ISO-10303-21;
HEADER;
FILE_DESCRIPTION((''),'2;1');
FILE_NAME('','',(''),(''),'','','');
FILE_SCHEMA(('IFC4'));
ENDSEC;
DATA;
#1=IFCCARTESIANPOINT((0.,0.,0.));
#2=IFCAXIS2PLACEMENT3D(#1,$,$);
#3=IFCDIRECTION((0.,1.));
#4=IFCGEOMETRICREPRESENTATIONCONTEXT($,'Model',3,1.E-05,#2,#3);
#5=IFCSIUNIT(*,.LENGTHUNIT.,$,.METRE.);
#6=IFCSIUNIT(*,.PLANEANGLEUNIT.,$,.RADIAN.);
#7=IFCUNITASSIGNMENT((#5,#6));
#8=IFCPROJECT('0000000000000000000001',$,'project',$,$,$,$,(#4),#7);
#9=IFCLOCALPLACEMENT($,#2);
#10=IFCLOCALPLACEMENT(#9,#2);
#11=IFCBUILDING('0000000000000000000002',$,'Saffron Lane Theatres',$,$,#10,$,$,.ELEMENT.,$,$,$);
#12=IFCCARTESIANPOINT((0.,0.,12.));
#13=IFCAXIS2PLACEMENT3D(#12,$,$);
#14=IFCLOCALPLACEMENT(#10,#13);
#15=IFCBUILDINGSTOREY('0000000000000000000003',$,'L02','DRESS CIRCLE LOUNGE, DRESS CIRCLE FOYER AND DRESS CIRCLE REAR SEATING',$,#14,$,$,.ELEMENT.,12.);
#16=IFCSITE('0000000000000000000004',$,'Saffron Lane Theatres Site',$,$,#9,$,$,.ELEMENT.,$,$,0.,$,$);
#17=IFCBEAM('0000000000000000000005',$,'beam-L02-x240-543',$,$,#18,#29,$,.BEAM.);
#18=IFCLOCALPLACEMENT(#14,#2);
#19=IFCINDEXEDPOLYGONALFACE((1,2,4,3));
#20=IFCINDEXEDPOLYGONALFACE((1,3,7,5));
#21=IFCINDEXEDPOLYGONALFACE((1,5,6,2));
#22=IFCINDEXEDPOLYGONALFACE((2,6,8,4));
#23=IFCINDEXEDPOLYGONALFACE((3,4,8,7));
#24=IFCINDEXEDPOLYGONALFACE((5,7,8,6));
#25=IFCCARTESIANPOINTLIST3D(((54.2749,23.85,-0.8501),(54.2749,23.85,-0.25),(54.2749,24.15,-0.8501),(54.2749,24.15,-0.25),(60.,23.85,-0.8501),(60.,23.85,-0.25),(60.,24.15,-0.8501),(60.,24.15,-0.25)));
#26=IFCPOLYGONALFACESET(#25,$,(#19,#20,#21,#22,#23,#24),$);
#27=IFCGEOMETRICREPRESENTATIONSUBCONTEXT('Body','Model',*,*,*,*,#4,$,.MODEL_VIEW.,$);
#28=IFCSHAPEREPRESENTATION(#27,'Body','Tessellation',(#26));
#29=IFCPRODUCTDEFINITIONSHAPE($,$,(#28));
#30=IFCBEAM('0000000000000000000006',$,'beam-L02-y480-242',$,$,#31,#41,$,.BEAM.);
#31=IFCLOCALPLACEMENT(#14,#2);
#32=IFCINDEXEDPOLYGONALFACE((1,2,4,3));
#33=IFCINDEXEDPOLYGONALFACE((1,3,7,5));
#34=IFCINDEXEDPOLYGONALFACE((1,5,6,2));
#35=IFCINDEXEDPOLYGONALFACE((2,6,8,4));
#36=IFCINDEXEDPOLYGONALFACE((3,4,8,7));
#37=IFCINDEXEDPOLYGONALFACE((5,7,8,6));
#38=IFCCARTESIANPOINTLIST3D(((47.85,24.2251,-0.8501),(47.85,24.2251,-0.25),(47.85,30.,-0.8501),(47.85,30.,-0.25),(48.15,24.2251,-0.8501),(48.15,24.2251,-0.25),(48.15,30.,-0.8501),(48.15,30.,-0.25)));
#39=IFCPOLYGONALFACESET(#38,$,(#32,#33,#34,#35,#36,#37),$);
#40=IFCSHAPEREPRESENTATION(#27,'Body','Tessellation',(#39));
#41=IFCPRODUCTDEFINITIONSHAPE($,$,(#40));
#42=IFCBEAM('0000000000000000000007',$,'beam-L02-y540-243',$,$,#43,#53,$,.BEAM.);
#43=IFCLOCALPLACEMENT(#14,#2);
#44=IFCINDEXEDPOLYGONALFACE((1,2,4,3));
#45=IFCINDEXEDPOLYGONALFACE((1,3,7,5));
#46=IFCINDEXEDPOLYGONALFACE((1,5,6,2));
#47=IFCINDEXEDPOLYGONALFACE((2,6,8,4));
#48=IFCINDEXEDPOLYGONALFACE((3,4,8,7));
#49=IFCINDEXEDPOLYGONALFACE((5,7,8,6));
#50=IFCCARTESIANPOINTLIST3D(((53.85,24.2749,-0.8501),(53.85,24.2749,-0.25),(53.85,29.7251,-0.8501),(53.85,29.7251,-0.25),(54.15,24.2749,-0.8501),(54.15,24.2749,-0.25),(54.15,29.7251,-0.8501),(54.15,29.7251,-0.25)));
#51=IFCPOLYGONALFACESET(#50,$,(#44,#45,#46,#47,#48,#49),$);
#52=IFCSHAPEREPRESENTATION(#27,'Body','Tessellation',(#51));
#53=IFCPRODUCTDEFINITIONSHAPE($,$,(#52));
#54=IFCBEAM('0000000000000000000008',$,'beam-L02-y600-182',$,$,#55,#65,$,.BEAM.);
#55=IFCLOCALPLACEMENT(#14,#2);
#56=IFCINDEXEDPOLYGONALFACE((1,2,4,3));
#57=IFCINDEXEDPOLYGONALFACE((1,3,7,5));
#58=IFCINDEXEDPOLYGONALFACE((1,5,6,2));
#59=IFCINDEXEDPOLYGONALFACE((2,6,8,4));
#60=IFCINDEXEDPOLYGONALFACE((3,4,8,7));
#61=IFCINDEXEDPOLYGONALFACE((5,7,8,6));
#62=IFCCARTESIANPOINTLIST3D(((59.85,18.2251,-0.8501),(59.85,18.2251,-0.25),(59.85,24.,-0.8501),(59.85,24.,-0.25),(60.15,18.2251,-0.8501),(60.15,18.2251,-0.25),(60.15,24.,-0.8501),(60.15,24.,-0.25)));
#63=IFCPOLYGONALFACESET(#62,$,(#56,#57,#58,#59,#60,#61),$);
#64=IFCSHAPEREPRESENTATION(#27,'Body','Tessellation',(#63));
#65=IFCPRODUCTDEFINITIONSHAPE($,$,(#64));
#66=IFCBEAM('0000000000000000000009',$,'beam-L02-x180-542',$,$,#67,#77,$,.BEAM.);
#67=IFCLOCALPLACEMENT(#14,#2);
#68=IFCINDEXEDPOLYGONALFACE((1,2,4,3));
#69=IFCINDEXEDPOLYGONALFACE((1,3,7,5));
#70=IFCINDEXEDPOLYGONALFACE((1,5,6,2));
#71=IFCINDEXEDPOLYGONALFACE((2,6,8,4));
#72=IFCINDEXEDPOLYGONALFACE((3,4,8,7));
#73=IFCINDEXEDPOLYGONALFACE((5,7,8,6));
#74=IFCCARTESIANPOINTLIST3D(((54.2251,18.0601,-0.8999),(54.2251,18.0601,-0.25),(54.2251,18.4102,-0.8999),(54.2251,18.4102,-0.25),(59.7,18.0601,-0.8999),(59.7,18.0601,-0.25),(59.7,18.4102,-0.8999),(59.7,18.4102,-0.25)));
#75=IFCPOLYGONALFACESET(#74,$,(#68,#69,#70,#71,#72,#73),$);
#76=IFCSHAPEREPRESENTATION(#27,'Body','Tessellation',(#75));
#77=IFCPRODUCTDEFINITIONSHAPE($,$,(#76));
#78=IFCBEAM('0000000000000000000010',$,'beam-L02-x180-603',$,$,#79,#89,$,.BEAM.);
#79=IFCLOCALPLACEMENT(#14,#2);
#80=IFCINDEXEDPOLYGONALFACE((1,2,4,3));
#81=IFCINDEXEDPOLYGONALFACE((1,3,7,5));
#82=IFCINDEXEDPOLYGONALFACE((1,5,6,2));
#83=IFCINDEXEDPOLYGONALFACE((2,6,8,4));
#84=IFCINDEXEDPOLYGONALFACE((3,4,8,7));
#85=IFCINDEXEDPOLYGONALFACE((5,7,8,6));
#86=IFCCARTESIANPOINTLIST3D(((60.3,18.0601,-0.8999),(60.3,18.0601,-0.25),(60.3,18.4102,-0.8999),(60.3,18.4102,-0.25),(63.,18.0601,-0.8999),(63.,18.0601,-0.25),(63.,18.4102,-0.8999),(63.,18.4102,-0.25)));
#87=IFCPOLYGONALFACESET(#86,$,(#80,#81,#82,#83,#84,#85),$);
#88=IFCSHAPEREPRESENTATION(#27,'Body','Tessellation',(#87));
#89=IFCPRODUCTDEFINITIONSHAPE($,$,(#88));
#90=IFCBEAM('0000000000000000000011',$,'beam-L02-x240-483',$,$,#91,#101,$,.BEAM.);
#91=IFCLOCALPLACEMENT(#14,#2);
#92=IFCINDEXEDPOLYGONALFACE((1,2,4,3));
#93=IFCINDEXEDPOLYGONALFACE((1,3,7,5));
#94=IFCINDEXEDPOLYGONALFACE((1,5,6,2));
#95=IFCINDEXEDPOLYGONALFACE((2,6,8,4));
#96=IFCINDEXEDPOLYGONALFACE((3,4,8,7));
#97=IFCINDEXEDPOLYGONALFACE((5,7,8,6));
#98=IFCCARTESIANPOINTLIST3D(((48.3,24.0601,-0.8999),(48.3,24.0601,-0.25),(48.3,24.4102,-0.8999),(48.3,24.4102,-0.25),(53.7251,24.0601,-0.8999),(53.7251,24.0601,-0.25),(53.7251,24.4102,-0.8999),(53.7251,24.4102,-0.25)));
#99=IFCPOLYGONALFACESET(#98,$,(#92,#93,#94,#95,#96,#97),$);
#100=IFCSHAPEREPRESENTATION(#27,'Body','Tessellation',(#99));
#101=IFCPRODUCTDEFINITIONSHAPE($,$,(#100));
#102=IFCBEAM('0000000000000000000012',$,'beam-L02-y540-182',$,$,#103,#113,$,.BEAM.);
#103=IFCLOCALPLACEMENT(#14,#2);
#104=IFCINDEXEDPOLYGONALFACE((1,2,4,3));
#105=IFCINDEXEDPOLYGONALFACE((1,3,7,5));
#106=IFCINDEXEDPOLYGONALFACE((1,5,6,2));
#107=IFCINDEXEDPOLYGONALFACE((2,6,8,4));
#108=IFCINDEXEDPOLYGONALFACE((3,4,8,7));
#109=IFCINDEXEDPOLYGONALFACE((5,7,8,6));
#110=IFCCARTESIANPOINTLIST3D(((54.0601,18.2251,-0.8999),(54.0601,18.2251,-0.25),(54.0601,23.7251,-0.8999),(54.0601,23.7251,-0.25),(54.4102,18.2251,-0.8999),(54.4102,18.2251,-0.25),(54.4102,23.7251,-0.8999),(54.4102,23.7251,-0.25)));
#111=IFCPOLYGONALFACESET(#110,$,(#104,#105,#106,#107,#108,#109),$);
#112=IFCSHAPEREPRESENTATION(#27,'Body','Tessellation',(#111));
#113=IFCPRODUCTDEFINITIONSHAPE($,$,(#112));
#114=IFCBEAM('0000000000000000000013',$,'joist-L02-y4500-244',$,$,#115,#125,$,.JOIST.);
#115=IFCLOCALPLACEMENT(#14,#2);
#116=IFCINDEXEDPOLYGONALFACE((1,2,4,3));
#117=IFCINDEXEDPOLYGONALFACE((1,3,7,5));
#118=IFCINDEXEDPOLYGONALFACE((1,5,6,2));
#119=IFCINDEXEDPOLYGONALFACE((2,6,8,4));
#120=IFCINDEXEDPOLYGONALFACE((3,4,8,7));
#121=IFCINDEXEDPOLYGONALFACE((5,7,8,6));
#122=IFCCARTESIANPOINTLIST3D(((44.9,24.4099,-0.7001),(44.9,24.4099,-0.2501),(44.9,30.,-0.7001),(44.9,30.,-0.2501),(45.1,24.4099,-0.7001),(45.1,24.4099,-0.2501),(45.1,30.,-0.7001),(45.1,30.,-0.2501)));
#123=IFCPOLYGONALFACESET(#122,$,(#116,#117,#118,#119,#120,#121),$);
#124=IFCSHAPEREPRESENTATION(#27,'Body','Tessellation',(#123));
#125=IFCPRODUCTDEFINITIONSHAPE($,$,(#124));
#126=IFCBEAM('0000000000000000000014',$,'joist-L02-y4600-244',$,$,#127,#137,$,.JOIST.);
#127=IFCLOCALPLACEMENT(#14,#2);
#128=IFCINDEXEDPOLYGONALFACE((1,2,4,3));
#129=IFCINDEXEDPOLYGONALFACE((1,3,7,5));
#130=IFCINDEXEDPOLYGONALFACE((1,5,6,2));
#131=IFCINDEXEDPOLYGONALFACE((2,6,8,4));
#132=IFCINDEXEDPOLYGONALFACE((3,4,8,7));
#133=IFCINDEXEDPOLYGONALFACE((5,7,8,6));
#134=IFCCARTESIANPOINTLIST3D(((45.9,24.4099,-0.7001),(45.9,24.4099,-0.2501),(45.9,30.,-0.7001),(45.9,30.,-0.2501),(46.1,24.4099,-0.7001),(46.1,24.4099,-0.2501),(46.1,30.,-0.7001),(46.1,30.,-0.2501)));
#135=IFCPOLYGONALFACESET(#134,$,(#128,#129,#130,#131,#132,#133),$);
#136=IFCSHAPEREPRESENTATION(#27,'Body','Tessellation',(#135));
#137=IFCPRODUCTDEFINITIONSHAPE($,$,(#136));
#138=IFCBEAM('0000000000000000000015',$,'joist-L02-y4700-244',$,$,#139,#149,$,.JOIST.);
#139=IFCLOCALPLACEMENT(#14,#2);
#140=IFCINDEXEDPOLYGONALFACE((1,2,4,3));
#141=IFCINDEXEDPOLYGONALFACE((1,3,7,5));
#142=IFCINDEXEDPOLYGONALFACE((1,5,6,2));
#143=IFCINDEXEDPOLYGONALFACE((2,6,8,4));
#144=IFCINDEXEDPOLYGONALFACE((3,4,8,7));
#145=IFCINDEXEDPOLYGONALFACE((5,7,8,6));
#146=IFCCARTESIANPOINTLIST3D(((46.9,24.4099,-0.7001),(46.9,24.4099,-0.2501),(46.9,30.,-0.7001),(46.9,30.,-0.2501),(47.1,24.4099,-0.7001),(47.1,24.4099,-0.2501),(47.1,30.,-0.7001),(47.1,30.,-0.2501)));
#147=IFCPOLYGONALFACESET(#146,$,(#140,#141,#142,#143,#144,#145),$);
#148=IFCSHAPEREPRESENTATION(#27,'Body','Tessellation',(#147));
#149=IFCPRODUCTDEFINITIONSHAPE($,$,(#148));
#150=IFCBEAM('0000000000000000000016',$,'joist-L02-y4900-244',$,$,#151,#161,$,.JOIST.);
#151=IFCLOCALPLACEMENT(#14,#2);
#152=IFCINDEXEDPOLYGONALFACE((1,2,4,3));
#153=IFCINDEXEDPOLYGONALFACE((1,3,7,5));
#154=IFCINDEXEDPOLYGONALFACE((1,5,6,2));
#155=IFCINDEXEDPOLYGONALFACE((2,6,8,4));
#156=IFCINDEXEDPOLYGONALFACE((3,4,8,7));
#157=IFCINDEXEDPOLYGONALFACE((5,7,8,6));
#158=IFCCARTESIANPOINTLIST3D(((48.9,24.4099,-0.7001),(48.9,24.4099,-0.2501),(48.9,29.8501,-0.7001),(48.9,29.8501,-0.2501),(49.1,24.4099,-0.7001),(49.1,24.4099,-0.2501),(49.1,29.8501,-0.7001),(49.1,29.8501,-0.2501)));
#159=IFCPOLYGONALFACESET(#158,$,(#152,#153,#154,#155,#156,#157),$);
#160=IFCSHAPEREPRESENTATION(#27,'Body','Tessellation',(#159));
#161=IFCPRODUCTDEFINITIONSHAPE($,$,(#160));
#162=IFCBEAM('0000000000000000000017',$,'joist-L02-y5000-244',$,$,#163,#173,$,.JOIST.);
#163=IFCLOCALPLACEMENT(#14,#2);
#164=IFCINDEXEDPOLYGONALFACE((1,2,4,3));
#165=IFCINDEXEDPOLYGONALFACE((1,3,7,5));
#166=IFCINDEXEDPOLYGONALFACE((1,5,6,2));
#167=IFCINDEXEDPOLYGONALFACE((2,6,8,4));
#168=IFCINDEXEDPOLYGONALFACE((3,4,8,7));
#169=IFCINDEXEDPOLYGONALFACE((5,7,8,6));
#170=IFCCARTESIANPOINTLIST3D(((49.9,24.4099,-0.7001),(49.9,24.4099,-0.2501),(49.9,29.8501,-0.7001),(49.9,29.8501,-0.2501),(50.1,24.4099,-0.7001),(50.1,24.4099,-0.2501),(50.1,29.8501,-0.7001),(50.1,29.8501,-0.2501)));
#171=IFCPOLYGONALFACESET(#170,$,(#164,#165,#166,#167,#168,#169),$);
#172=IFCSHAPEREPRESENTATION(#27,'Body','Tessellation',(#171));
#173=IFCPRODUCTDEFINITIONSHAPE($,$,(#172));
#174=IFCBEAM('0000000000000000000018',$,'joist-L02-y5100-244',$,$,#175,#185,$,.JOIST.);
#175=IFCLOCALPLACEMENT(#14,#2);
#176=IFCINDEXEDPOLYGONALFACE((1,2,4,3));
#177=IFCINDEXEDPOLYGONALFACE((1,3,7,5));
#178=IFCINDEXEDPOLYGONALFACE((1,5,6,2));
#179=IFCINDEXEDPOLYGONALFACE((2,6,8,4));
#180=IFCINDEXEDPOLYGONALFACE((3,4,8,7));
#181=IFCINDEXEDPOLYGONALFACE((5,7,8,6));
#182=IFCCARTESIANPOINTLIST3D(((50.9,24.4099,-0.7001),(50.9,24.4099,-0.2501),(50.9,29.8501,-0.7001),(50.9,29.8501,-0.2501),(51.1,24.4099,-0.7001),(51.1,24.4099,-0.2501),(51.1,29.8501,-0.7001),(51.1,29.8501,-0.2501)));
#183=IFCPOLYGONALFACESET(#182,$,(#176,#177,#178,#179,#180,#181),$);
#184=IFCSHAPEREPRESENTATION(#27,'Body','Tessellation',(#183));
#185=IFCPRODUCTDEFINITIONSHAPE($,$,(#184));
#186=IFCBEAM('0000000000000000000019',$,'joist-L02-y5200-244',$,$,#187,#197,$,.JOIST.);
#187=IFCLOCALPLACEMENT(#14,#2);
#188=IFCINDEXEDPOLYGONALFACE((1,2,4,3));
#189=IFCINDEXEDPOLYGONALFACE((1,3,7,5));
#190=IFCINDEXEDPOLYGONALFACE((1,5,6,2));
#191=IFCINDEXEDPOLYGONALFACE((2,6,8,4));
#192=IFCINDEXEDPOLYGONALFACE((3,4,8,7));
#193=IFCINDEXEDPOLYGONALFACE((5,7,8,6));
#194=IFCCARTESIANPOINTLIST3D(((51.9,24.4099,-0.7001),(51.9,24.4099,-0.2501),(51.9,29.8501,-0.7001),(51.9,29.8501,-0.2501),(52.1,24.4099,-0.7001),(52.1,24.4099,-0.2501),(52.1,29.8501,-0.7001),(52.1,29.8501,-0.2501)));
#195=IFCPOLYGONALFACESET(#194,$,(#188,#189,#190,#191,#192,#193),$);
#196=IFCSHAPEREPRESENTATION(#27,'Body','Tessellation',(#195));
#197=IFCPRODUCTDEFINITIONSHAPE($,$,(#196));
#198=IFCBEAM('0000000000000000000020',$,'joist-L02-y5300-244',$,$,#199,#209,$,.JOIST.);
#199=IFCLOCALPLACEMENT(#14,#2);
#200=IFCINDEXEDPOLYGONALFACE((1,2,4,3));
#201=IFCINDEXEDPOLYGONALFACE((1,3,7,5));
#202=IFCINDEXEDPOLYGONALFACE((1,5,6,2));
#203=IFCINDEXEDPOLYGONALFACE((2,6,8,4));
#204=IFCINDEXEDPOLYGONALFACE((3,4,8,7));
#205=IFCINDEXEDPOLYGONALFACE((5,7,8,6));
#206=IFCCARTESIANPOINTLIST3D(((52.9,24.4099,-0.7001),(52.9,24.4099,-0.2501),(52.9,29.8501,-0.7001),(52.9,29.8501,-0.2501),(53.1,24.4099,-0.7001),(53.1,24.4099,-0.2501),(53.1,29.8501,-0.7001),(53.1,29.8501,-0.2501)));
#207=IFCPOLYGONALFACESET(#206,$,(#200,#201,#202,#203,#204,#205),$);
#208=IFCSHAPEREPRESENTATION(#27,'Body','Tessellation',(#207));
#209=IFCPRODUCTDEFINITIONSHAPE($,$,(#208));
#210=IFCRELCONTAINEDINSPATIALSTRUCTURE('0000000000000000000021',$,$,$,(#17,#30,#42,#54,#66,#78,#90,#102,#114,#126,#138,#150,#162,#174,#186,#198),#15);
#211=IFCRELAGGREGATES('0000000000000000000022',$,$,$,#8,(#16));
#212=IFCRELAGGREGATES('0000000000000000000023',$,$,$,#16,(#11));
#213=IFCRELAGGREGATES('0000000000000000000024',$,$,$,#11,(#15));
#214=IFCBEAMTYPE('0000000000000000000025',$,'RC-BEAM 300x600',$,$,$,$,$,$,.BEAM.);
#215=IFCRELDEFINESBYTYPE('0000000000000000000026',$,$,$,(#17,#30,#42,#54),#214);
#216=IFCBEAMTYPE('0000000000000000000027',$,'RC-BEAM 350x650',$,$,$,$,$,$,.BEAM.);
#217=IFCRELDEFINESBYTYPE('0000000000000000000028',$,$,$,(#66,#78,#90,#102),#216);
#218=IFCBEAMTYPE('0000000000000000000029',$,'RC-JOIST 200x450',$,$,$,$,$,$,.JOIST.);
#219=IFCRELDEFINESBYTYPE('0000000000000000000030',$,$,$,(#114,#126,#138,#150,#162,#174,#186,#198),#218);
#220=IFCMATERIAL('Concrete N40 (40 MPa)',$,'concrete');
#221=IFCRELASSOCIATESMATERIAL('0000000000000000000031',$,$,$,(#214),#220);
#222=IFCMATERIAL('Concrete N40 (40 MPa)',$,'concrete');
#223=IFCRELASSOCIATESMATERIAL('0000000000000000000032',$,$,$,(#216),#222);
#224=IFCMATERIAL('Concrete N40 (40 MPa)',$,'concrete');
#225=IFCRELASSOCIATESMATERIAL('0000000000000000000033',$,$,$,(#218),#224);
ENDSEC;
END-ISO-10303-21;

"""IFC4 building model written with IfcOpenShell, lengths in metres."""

from ifc_helpers import new_model, si_unit, direction, frame, origin, origin_2d, place, context, subcontext, project, spatial, rectangle, extrude, material, material_profile, profile_set, type_object, element, save


model = new_model("IFC4")

# Units and contexts
model_context = context("Model", 3, precision=1e-05, world=origin(), true_north=direction((0.0, 1.0)))
body_context = subcontext(model_context, "Body", "Model", "MODEL_VIEW")
ifc_project = project(units=[si_unit("LENGTHUNIT", "METRE"), si_unit("PLANEANGLEUNIT", "RADIAN")], contexts=[model_context])

# Site, building, storey
site_placement = place(None, origin())
site = spatial("IfcSite", under=ifc_project, at=site_placement, Name="Saffron Lane Theatres Site", CompositionType="ELEMENT", RefElevation=0.0)
building_placement = place(site_placement, origin())
building = spatial("IfcBuilding", under=site, at=building_placement, Name="Saffron Lane Theatres", CompositionType="ELEMENT")
storey_placement = place(building_placement, frame((0.0, 0.0, 12.0)))
storey = spatial("IfcBuildingStorey", under=building, at=storey_placement, Name="L02", Description="DRESS CIRCLE LOUNGE, DRESS CIRCLE FOYER AND DRESS CIRCLE REAR SEATING", CompositionType="ELEMENT", Elevation=12.0)

# Beams
ifc_material_1 = material(Name="Concrete N40 (40 MPa)", Category="concrete")
ifc_material_profile_1 = material_profile(ifc_material_1, rectangle(XDim=0.3, YDim=0.6001, at=origin_2d()))
ifc_profile_set_1 = profile_set([ifc_material_profile_1], Name="Concrete N40 (40 MPa)")
beam_type_1 = type_object("IfcBeamType", Name="RC-BEAM 300x600", PredefinedType="BEAM", material=ifc_profile_set_1)
beam_1_placement = place(storey_placement, frame((54.2749, 24.0, -0.55), z_axis=(1.0, 0.0, 0.0), x_axis=(0.0, 1.0, 0.0)))
element("IfcBeam", 1, at=beam_1_placement, inside=storey, type_object=beam_type_1, Name="beam-L02-x240-543", PredefinedType="BEAM", context=body_context, shape_type="SweptSolid", body=[
    extrude(rectangle(XDim=0.3, YDim=0.6001, at=origin_2d()), origin(), (0.0, 0.0, 1.0), 5.7251),
])
beam_2_placement = place(storey_placement, frame((48.0, 24.2251, -0.55), z_axis=(0.0, 1.0, 0.0), x_axis=(-1.0, 0.0, 0.0)))
element("IfcBeam", 2, at=beam_2_placement, inside=storey, type_object=beam_type_1, Name="beam-L02-y480-242", PredefinedType="BEAM", context=body_context, shape_type="SweptSolid", body=[
    extrude(rectangle(XDim=0.3, YDim=0.6001, at=origin_2d()), origin(), (0.0, 0.0, 1.0), 5.7749),
])
beam_3_placement = place(storey_placement, frame((54.0, 24.2749, -0.55), z_axis=(0.0, 1.0, 0.0), x_axis=(-1.0, 0.0, 0.0)))
element("IfcBeam", 3, at=beam_3_placement, inside=storey, type_object=beam_type_1, Name="beam-L02-y540-243", PredefinedType="BEAM", context=body_context, shape_type="SweptSolid", body=[
    extrude(rectangle(XDim=0.3, YDim=0.6001, at=origin_2d()), origin(), (0.0, 0.0, 1.0), 5.4502),
])
beam_4_placement = place(storey_placement, frame((60.0, 18.2251, -0.55), z_axis=(0.0, 1.0, 0.0), x_axis=(-1.0, 0.0, 0.0)))
element("IfcBeam", 4, at=beam_4_placement, inside=storey, type_object=beam_type_1, Name="beam-L02-y600-182", PredefinedType="BEAM", context=body_context, shape_type="SweptSolid", body=[
    extrude(rectangle(XDim=0.3, YDim=0.6001, at=origin_2d()), origin(), (0.0, 0.0, 1.0), 5.7749),
])
ifc_material_2 = material(Name="Concrete N40 (40 MPa)", Category="concrete")
ifc_material_profile_2 = material_profile(ifc_material_2, rectangle(XDim=0.3501, YDim=0.6499, at=origin_2d()))
ifc_profile_set_2 = profile_set([ifc_material_profile_2], Name="Concrete N40 (40 MPa)")
beam_type_2 = type_object("IfcBeamType", Name="RC-BEAM 350x650", PredefinedType="BEAM", material=ifc_profile_set_2)
beam_5_placement = place(storey_placement, frame((54.2251, 18.2351, -0.575), z_axis=(1.0, 0.0, 0.0), x_axis=(0.0, 1.0, 0.0)))
element("IfcBeam", 5, at=beam_5_placement, inside=storey, type_object=beam_type_2, Name="beam-L02-x180-542", PredefinedType="BEAM", context=body_context, shape_type="SweptSolid", body=[
    extrude(rectangle(XDim=0.3501, YDim=0.6499, at=origin_2d()), origin(), (0.0, 0.0, 1.0), 5.4749),
])
beam_6_placement = place(storey_placement, frame((60.3, 18.2351, -0.575), z_axis=(1.0, 0.0, 0.0), x_axis=(0.0, 1.0, 0.0)))
element("IfcBeam", 6, at=beam_6_placement, inside=storey, type_object=beam_type_2, Name="beam-L02-x180-603", PredefinedType="BEAM", context=body_context, shape_type="SweptSolid", body=[
    extrude(rectangle(XDim=0.3501, YDim=0.6499, at=origin_2d()), origin(), (0.0, 0.0, 1.0), 2.7),
])
beam_7_placement = place(storey_placement, frame((48.3, 24.2351, -0.575), z_axis=(1.0, 0.0, 0.0), x_axis=(0.0, 1.0, 0.0)))
element("IfcBeam", 7, at=beam_7_placement, inside=storey, type_object=beam_type_2, Name="beam-L02-x240-483", PredefinedType="BEAM", context=body_context, shape_type="SweptSolid", body=[
    extrude(rectangle(XDim=0.3501, YDim=0.6499, at=origin_2d()), origin(), (0.0, 0.0, 1.0), 5.425),
])
beam_8_placement = place(storey_placement, frame((54.2351, 18.2251, -0.575), z_axis=(0.0, 1.0, 0.0), x_axis=(-1.0, 0.0, 0.0)))
element("IfcBeam", 8, at=beam_8_placement, inside=storey, type_object=beam_type_2, Name="beam-L02-y540-182", PredefinedType="BEAM", context=body_context, shape_type="SweptSolid", body=[
    extrude(rectangle(XDim=0.3501, YDim=0.6499, at=origin_2d()), origin(), (0.0, 0.0, 1.0), 5.5),
])
ifc_material_3 = material(Name="Concrete N40 (40 MPa)", Category="concrete")
ifc_material_profile_3 = material_profile(ifc_material_3, rectangle(XDim=0.2, YDim=0.45, at=origin_2d()))
ifc_profile_set_3 = profile_set([ifc_material_profile_3], Name="Concrete N40 (40 MPa)")
beam_type_3 = type_object("IfcBeamType", Name="RC-JOIST 200x450", PredefinedType="JOIST", material=ifc_profile_set_3)
for number, where, z_axis, x_axis, name in (
    (9, (45.0, 24.4099, -0.4751), (0.0, 1.0, 0.0), (-1.0, 0.0, 0.0), "joist-L02-y4500-244"),
    (10, (46.0, 24.4099, -0.4751), (0.0, 1.0, 0.0), (-1.0, 0.0, 0.0), "joist-L02-y4600-244"),
    (11, (47.0, 24.4099, -0.4751), (0.0, 1.0, 0.0), (-1.0, 0.0, 0.0), "joist-L02-y4700-244"),
):
    element("IfcBeam", number, at=place(storey_placement, frame(where, z_axis=z_axis, x_axis=x_axis)), inside=storey, type_object=beam_type_3, Name=name, PredefinedType="JOIST", context=body_context, shape_type="SweptSolid", body=[
        extrude(rectangle(XDim=0.2, YDim=0.45, at=origin_2d()), origin(), (0.0, 0.0, 1.0), 5.5901),
    ])
for number, where, z_axis, x_axis, name in (
    (12, (49.0, 24.4099, -0.4751), (0.0, 1.0, 0.0), (-1.0, 0.0, 0.0), "joist-L02-y4900-244"),
    (13, (50.0, 24.4099, -0.4751), (0.0, 1.0, 0.0), (-1.0, 0.0, 0.0), "joist-L02-y5000-244"),
    (14, (51.0, 24.4099, -0.4751), (0.0, 1.0, 0.0), (-1.0, 0.0, 0.0), "joist-L02-y5100-244"),
    (15, (52.0, 24.4099, -0.4751), (0.0, 1.0, 0.0), (-1.0, 0.0, 0.0), "joist-L02-y5200-244"),
    (16, (53.0, 24.4099, -0.4751), (0.0, 1.0, 0.0), (-1.0, 0.0, 0.0), "joist-L02-y5300-244"),
):
    element("IfcBeam", number, at=place(storey_placement, frame(where, z_axis=z_axis, x_axis=x_axis)), inside=storey, type_object=beam_type_3, Name=name, PredefinedType="JOIST", context=body_context, shape_type="SweptSolid", body=[
        extrude(rectangle(XDim=0.2, YDim=0.45, at=origin_2d()), origin(), (0.0, 0.0, 1.0), 5.4402),
    ])

save(model, "model.ifc")
